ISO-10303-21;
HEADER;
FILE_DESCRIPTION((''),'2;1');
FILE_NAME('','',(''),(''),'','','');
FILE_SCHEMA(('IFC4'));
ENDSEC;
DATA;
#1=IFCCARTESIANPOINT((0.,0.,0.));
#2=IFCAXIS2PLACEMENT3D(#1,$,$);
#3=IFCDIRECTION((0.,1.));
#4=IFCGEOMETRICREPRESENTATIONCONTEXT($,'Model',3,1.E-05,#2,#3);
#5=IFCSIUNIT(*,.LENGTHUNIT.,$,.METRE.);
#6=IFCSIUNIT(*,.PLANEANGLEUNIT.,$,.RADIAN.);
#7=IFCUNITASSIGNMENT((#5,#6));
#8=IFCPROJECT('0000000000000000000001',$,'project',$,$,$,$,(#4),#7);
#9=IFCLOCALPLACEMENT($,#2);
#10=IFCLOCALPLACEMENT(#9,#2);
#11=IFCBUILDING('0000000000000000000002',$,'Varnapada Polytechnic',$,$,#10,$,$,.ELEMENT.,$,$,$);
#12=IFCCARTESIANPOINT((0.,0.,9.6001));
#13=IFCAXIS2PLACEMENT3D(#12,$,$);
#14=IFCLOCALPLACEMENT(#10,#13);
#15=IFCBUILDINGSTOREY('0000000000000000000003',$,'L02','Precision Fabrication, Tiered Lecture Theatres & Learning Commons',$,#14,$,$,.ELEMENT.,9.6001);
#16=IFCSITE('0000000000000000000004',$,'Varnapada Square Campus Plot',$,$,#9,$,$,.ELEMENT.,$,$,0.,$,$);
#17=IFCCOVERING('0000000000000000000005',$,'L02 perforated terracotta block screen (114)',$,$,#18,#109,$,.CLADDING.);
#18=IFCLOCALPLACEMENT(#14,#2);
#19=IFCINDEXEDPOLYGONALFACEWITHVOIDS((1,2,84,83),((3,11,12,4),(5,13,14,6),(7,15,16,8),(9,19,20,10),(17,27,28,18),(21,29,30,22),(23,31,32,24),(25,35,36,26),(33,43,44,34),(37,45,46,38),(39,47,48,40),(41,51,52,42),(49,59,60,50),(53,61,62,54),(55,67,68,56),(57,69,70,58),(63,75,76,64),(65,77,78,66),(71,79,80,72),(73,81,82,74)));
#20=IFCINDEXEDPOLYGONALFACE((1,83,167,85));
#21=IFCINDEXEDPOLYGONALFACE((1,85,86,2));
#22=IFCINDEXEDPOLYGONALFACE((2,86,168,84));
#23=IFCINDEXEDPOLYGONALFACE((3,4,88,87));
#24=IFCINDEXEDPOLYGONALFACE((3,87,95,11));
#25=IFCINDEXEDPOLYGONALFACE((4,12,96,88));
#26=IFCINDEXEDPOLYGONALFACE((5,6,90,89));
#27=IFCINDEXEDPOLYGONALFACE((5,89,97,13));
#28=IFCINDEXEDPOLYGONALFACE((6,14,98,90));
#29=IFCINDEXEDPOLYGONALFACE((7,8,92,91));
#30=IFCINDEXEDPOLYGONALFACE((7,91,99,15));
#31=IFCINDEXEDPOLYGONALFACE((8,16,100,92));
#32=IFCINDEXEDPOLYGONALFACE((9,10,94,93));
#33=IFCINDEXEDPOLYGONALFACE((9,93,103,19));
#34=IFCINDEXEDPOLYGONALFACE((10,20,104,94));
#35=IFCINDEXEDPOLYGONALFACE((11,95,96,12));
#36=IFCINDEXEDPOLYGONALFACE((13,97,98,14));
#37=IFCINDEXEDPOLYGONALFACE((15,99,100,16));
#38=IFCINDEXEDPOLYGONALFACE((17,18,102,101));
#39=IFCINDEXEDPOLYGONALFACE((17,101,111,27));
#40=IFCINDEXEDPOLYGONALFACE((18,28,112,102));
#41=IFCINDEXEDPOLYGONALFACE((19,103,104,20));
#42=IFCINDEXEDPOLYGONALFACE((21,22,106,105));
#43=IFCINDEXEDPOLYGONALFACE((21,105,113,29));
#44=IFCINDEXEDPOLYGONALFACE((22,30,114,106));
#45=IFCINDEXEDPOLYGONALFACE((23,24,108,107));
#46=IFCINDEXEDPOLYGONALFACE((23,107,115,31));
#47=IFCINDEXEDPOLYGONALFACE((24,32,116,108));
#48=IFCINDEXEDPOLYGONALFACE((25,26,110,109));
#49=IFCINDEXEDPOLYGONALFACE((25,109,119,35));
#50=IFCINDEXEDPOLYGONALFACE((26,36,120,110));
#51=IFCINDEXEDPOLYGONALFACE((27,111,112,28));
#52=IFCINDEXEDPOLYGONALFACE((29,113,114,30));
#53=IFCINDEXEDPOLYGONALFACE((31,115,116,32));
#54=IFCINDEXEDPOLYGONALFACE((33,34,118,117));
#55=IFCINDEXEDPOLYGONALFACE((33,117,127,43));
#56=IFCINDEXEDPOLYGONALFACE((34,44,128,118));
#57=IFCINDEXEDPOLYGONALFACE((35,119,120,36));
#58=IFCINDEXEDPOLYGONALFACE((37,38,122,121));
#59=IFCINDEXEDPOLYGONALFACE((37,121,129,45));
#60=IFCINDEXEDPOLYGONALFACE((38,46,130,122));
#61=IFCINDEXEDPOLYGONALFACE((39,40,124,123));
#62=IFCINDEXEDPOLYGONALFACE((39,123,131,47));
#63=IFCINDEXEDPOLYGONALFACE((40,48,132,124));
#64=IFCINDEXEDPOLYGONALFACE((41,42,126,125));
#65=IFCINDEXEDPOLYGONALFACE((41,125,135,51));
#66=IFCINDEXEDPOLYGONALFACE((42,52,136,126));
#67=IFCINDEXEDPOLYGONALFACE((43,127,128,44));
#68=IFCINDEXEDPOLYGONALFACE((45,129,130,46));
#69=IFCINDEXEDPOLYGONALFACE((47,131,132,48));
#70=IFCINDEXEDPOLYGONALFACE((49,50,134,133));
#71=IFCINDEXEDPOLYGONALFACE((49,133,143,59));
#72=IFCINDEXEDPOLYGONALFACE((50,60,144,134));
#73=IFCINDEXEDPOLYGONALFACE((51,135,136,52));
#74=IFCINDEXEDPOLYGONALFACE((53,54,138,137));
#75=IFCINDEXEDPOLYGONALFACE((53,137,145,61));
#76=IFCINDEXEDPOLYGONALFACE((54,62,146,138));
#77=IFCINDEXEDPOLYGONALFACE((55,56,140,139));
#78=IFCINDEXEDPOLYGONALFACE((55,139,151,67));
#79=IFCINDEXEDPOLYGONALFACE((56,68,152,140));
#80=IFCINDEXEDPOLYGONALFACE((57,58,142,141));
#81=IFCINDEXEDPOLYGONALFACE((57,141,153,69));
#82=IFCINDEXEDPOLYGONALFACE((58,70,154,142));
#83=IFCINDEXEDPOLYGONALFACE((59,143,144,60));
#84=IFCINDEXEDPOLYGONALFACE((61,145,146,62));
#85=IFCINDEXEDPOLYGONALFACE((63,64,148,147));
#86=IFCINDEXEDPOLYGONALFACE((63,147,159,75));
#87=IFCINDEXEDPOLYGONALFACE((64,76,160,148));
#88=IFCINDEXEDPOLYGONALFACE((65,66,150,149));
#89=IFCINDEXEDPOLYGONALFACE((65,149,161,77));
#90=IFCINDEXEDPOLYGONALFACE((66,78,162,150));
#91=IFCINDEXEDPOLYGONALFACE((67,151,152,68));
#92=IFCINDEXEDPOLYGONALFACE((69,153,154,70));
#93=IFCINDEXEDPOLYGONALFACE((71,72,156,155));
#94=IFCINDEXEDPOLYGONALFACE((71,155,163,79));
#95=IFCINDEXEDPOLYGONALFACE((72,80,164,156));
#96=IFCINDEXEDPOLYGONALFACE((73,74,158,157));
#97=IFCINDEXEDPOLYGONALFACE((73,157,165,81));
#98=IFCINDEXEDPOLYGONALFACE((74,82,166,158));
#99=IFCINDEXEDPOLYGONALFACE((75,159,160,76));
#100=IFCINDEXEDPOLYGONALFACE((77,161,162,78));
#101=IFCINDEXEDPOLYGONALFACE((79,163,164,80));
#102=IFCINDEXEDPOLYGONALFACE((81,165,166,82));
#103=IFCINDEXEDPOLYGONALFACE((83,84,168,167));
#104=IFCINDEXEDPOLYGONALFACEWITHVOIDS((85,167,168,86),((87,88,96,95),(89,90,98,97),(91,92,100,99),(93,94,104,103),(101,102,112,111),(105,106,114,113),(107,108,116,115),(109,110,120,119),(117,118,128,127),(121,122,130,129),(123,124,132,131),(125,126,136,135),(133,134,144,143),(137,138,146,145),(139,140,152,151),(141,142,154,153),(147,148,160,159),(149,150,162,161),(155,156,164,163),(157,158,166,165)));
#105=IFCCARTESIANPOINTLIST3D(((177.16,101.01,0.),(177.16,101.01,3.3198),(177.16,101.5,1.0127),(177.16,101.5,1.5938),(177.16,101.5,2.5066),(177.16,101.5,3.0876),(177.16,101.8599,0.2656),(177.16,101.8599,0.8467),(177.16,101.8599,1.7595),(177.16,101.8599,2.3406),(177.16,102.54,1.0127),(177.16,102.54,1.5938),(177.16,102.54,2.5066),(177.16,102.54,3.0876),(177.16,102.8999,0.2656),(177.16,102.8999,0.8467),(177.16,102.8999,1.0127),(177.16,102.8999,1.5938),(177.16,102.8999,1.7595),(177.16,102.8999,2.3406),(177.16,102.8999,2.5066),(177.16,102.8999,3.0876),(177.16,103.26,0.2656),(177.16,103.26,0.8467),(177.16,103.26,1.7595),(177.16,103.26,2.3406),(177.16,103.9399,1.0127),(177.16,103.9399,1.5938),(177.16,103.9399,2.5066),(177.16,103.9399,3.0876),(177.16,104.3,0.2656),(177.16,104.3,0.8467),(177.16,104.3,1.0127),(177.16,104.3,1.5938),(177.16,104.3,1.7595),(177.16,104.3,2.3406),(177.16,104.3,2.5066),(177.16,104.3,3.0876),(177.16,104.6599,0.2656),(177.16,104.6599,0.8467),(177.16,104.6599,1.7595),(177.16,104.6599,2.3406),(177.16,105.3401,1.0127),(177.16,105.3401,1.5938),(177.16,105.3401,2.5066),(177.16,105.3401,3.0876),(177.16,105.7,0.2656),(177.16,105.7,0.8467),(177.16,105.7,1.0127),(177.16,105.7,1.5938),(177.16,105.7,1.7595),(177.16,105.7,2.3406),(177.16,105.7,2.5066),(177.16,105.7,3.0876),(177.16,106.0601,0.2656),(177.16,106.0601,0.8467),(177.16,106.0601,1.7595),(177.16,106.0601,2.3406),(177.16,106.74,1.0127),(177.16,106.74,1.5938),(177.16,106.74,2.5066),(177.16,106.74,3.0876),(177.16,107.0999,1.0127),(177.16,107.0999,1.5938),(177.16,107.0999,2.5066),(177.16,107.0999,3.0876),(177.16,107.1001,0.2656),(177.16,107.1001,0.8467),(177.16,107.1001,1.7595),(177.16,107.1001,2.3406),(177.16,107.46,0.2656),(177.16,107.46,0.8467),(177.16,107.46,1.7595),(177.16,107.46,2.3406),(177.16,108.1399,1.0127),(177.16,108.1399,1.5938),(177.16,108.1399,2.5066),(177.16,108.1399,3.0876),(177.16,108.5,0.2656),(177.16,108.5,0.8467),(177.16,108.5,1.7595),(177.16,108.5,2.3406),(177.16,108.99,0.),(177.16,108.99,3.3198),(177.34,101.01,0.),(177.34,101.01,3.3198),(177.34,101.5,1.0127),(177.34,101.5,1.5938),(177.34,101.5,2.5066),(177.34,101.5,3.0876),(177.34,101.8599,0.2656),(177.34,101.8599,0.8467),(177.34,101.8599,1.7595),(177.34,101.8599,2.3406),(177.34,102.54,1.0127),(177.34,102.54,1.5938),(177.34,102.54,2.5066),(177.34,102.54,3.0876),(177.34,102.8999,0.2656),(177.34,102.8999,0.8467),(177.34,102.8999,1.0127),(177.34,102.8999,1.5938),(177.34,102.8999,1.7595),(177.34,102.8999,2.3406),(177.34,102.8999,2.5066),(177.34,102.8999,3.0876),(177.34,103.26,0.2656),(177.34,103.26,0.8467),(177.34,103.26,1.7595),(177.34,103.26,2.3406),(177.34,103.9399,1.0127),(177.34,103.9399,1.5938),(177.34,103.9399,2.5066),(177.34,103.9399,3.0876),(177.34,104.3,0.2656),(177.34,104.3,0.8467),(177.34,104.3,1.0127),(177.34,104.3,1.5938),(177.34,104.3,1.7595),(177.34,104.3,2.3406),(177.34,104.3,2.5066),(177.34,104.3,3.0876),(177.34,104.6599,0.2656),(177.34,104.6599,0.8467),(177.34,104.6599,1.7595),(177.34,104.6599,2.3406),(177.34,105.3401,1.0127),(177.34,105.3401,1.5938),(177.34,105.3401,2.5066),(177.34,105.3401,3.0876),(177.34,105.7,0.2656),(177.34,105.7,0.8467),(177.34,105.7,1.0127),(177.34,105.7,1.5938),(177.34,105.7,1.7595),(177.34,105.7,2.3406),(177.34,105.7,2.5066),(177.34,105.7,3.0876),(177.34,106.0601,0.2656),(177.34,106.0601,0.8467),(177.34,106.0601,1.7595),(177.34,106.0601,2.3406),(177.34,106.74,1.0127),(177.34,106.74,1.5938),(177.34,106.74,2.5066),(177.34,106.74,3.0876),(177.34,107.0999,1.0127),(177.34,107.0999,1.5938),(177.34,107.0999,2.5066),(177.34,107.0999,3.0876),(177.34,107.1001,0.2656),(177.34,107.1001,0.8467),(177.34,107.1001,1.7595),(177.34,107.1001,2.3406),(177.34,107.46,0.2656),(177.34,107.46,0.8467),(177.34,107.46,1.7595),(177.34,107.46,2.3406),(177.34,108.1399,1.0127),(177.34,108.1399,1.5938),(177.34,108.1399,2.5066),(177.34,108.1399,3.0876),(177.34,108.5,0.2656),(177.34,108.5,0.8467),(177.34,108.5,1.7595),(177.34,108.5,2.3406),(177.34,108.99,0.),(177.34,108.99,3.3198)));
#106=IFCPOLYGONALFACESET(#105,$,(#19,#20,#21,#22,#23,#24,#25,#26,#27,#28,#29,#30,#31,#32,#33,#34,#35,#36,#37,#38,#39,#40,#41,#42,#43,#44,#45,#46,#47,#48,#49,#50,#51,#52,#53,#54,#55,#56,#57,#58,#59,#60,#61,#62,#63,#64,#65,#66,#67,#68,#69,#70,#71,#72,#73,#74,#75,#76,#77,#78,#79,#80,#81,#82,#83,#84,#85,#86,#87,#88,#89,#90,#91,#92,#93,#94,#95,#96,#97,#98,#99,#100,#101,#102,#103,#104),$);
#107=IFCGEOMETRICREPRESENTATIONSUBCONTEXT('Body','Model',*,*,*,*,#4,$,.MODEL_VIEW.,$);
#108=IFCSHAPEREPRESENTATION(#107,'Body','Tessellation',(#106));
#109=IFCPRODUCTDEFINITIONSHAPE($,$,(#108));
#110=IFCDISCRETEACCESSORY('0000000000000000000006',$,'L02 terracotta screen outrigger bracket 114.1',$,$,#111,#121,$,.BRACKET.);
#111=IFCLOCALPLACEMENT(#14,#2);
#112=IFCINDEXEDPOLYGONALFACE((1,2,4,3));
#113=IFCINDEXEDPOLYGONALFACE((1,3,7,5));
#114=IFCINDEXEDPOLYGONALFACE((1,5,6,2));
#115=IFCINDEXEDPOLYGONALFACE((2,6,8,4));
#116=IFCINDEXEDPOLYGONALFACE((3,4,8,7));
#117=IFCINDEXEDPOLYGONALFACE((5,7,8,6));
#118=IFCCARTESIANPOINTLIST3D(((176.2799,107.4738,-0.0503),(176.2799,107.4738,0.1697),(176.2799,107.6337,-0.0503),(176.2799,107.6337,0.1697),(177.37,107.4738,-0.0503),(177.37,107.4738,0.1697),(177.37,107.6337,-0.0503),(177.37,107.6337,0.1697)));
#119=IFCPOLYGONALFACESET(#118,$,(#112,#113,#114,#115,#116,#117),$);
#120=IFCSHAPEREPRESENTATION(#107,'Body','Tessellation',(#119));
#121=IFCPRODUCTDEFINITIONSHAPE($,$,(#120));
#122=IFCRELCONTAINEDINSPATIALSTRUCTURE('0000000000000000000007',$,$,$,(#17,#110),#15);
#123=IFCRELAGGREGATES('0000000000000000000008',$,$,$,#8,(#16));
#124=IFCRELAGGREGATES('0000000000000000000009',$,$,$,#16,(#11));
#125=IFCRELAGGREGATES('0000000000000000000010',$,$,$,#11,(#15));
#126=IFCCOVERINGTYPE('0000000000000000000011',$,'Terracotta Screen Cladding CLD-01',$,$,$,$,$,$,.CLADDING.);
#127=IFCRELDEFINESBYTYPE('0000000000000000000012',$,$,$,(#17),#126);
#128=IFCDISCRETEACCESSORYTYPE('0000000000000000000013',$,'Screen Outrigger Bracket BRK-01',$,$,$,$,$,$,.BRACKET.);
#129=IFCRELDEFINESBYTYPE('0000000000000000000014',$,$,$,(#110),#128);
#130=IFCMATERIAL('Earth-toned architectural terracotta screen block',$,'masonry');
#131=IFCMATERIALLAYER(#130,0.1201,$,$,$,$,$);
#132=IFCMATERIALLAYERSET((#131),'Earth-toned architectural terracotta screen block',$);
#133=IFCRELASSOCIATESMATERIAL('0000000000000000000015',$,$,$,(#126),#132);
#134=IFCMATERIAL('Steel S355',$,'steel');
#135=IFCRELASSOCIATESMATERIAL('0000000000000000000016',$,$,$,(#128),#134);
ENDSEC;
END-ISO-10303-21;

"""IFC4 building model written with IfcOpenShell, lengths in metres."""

from ifc_helpers import new_model, si_unit, direction, frame, frame_2d, origin, origin_2d, place, context, subcontext, project, spatial, rectangle, extrude, material, layer, layer_set, type_object, element, save


model = new_model("IFC4")

# Units and contexts
model_context = context("Model", 3, precision=1e-05, world=origin(), true_north=direction((0.0, 1.0)))
body_context = subcontext(model_context, "Body", "Model", "MODEL_VIEW")
ifc_project = project(units=[si_unit("LENGTHUNIT", "METRE"), si_unit("PLANEANGLEUNIT", "RADIAN")], contexts=[model_context])

# Site, building, storey
site_placement = place(None, origin())
site = spatial("IfcSite", under=ifc_project, at=site_placement, Name="Varnapada Square Campus Plot", CompositionType="ELEMENT", RefElevation=0.0)
building_placement = place(site_placement, origin())
building = spatial("IfcBuilding", under=site, at=building_placement, Name="Varnapada Polytechnic", CompositionType="ELEMENT")
storey_placement = place(building_placement, frame((0.0, 0.0, 9.6001)))
storey = spatial("IfcBuildingStorey", under=building, at=storey_placement, Name="L02", Description="Precision Fabrication, Tiered Lecture Theatres & Learning Commons", CompositionType="ELEMENT", Elevation=9.6001)

# Covering, openings
ifc_material_1 = material(Name="Earth-toned architectural terracotta screen block", Category="masonry")
ifc_layer_1 = layer(ifc_material_1, 0.1201)
ifc_layer_set_1 = layer_set([ifc_layer_1], Name="Earth-toned architectural terracotta screen block")
covering_type = type_object("IfcCoveringType", Name="Terracotta Screen Cladding CLD-01", PredefinedType="CLADDING", material=ifc_layer_set_1)
covering_placement = place(storey_placement, frame((177.25, 108.99, 0.0), z_axis=(0.0, 0.0, 1.0), x_axis=(0.0, -1.0, 0.0)))
covering = element("IfcCovering", 1, at=covering_placement, inside=storey, type_object=covering_type, Name="L02 perforated terracotta block screen (114)", PredefinedType="CLADDING", context=body_context, shape_type="SweptSolid", body=[
    extrude(rectangle(XDim=7.98, YDim=0.1799, at=frame_2d((3.99, 0.0))), origin(), (0.0, 0.0, 1.0), 3.3198),
])
opening_1_placement = place(covering_placement, frame((0.49, 0.0, 0.2656)))
element("IfcOpeningElement", 2, at=opening_1_placement, cuts=covering, PredefinedType="OPENING", context=body_context, shape_type="SweptSolid", body=[
    extrude(rectangle(XDim=1.04, YDim=0.5811, at=frame_2d((0.52, 0.2905))), frame((0.0, 0.0999, 0.0), z_axis=(0.0, -1.0, 0.0), x_axis=(1.0, 0.0, 0.0)), (0.0, 0.0, 1.0), 0.2),
])
opening_2_placement = place(covering_placement, frame((1.8899, 0.0, 0.2656)))
element("IfcOpeningElement", 3, at=opening_2_placement, cuts=covering, PredefinedType="OPENING", context=body_context, shape_type="SweptSolid", body=[
    extrude(rectangle(XDim=1.04, YDim=0.5811, at=frame_2d((0.52, 0.2905))), frame((0.0, 0.0999, 0.0), z_axis=(0.0, -1.0, 0.0), x_axis=(1.0, 0.0, 0.0)), (0.0, 0.0, 1.0), 0.2),
])
opening_3_placement = place(covering_placement, frame((3.29, 0.0, 0.2656)))
element("IfcOpeningElement", 4, at=opening_3_placement, cuts=covering, PredefinedType="OPENING", context=body_context, shape_type="SweptSolid", body=[
    extrude(rectangle(XDim=1.04, YDim=0.5811, at=frame_2d((0.52, 0.2905))), frame((0.0, 0.0999, 0.0), z_axis=(0.0, -1.0, 0.0), x_axis=(1.0, 0.0, 0.0)), (0.0, 0.0, 1.0), 0.2),
])
opening_4_placement = place(covering_placement, frame((4.6899, 0.0, 0.2656)))
element("IfcOpeningElement", 5, at=opening_4_placement, cuts=covering, PredefinedType="OPENING", context=body_context, shape_type="SweptSolid", body=[
    extrude(rectangle(XDim=1.04, YDim=0.5811, at=frame_2d((0.52, 0.2905))), frame((0.0, 0.0999, 0.0), z_axis=(0.0, -1.0, 0.0), x_axis=(1.0, 0.0, 0.0)), (0.0, 0.0, 1.0), 0.2),
])
opening_5_placement = place(covering_placement, frame((6.0901, 0.0, 0.2656)))
element("IfcOpeningElement", 6, at=opening_5_placement, cuts=covering, PredefinedType="OPENING", context=body_context, shape_type="SweptSolid", body=[
    extrude(rectangle(XDim=1.04, YDim=0.5811, at=frame_2d((0.52, 0.2905))), frame((0.0, 0.0999, 0.0), z_axis=(0.0, -1.0, 0.0), x_axis=(1.0, 0.0, 0.0)), (0.0, 0.0, 1.0), 0.2),
])
opening_6_placement = place(covering_placement, frame((0.8501, 0.0, 1.0127)))
element("IfcOpeningElement", 7, at=opening_6_placement, cuts=covering, PredefinedType="OPENING", context=body_context, shape_type="SweptSolid", body=[
    extrude(rectangle(XDim=1.04, YDim=0.5811, at=frame_2d((0.52, 0.2905))), frame((0.0, 0.0999, 0.0), z_axis=(0.0, -1.0, 0.0), x_axis=(1.0, 0.0, 0.0)), (0.0, 0.0, 1.0), 0.2),
])
opening_7_placement = place(covering_placement, frame((2.25, 0.0, 1.0127)))
element("IfcOpeningElement", 8, at=opening_7_placement, cuts=covering, PredefinedType="OPENING", context=body_context, shape_type="SweptSolid", body=[
    extrude(rectangle(XDim=1.04, YDim=0.5811, at=frame_2d((0.52, 0.2905))), frame((0.0, 0.0999, 0.0), z_axis=(0.0, -1.0, 0.0), x_axis=(1.0, 0.0, 0.0)), (0.0, 0.0, 1.0), 0.2),
])
opening_8_placement = place(covering_placement, frame((3.6499, 0.0, 1.0127)))
element("IfcOpeningElement", 9, at=opening_8_placement, cuts=covering, PredefinedType="OPENING", context=body_context, shape_type="SweptSolid", body=[
    extrude(rectangle(XDim=1.04, YDim=0.5811, at=frame_2d((0.52, 0.2905))), frame((0.0, 0.0999, 0.0), z_axis=(0.0, -1.0, 0.0), x_axis=(1.0, 0.0, 0.0)), (0.0, 0.0, 1.0), 0.2),
])
opening_9_placement = place(covering_placement, frame((5.05, 0.0, 1.0127)))
element("IfcOpeningElement", 10, at=opening_9_placement, cuts=covering, PredefinedType="OPENING", context=body_context, shape_type="SweptSolid", body=[
    extrude(rectangle(XDim=1.04, YDim=0.5811, at=frame_2d((0.52, 0.2905))), frame((0.0, 0.0999, 0.0), z_axis=(0.0, -1.0, 0.0), x_axis=(1.0, 0.0, 0.0)), (0.0, 0.0, 1.0), 0.2),
])
opening_10_placement = place(covering_placement, frame((6.45, 0.0, 1.0127)))
element("IfcOpeningElement", 11, at=opening_10_placement, cuts=covering, PredefinedType="OPENING", context=body_context, shape_type="SweptSolid", body=[
    extrude(rectangle(XDim=1.04, YDim=0.5811, at=frame_2d((0.52, 0.2905))), frame((0.0, 0.0999, 0.0), z_axis=(0.0, -1.0, 0.0), x_axis=(1.0, 0.0, 0.0)), (0.0, 0.0, 1.0), 0.2),
])
opening_11_placement = place(covering_placement, frame((0.49, 0.0, 1.7595)))
element("IfcOpeningElement", 12, at=opening_11_placement, cuts=covering, PredefinedType="OPENING", context=body_context, shape_type="SweptSolid", body=[
    extrude(rectangle(XDim=1.04, YDim=0.5811, at=frame_2d((0.52, 0.2905))), frame((0.0, 0.0999, 0.0), z_axis=(0.0, -1.0, 0.0), x_axis=(1.0, 0.0, 0.0)), (0.0, 0.0, 1.0), 0.2),
])
opening_12_placement = place(covering_placement, frame((1.8899, 0.0, 1.7595)))
element("IfcOpeningElement", 13, at=opening_12_placement, cuts=covering, PredefinedType="OPENING", context=body_context, shape_type="SweptSolid", body=[
    extrude(rectangle(XDim=1.04, YDim=0.5811, at=frame_2d((0.52, 0.2905))), frame((0.0, 0.0999, 0.0), z_axis=(0.0, -1.0, 0.0), x_axis=(1.0, 0.0, 0.0)), (0.0, 0.0, 1.0), 0.2),
])
opening_13_placement = place(covering_placement, frame((3.29, 0.0, 1.7595)))
element("IfcOpeningElement", 14, at=opening_13_placement, cuts=covering, PredefinedType="OPENING", context=body_context, shape_type="SweptSolid", body=[
    extrude(rectangle(XDim=1.04, YDim=0.5811, at=frame_2d((0.52, 0.2905))), frame((0.0, 0.0999, 0.0), z_axis=(0.0, -1.0, 0.0), x_axis=(1.0, 0.0, 0.0)), (0.0, 0.0, 1.0), 0.2),
])
opening_14_placement = place(covering_placement, frame((4.6899, 0.0, 1.7595)))
element("IfcOpeningElement", 15, at=opening_14_placement, cuts=covering, PredefinedType="OPENING", context=body_context, shape_type="SweptSolid", body=[
    extrude(rectangle(XDim=1.04, YDim=0.5811, at=frame_2d((0.52, 0.2905))), frame((0.0, 0.0999, 0.0), z_axis=(0.0, -1.0, 0.0), x_axis=(1.0, 0.0, 0.0)), (0.0, 0.0, 1.0), 0.2),
])
opening_15_placement = place(covering_placement, frame((6.0901, 0.0, 1.7595)))
element("IfcOpeningElement", 16, at=opening_15_placement, cuts=covering, PredefinedType="OPENING", context=body_context, shape_type="SweptSolid", body=[
    extrude(rectangle(XDim=1.04, YDim=0.5811, at=frame_2d((0.52, 0.2905))), frame((0.0, 0.0999, 0.0), z_axis=(0.0, -1.0, 0.0), x_axis=(1.0, 0.0, 0.0)), (0.0, 0.0, 1.0), 0.2),
])
opening_16_placement = place(covering_placement, frame((0.8501, 0.0, 2.5066)))
element("IfcOpeningElement", 17, at=opening_16_placement, cuts=covering, PredefinedType="OPENING", context=body_context, shape_type="SweptSolid", body=[
    extrude(rectangle(XDim=1.04, YDim=0.5811, at=frame_2d((0.52, 0.2905))), frame((0.0, 0.0999, 0.0), z_axis=(0.0, -1.0, 0.0), x_axis=(1.0, 0.0, 0.0)), (0.0, 0.0, 1.0), 0.2),
])
opening_17_placement = place(covering_placement, frame((2.25, 0.0, 2.5066)))
element("IfcOpeningElement", 18, at=opening_17_placement, cuts=covering, PredefinedType="OPENING", context=body_context, shape_type="SweptSolid", body=[
    extrude(rectangle(XDim=1.04, YDim=0.5811, at=frame_2d((0.52, 0.2905))), frame((0.0, 0.0999, 0.0), z_axis=(0.0, -1.0, 0.0), x_axis=(1.0, 0.0, 0.0)), (0.0, 0.0, 1.0), 0.2),
])
opening_18_placement = place(covering_placement, frame((3.6499, 0.0, 2.5066)))
element("IfcOpeningElement", 19, at=opening_18_placement, cuts=covering, PredefinedType="OPENING", context=body_context, shape_type="SweptSolid", body=[
    extrude(rectangle(XDim=1.04, YDim=0.5811, at=frame_2d((0.52, 0.2905))), frame((0.0, 0.0999, 0.0), z_axis=(0.0, -1.0, 0.0), x_axis=(1.0, 0.0, 0.0)), (0.0, 0.0, 1.0), 0.2),
])
opening_19_placement = place(covering_placement, frame((5.05, 0.0, 2.5066)))
element("IfcOpeningElement", 20, at=opening_19_placement, cuts=covering, PredefinedType="OPENING", context=body_context, shape_type="SweptSolid", body=[
    extrude(rectangle(XDim=1.04, YDim=0.5811, at=frame_2d((0.52, 0.2905))), frame((0.0, 0.0999, 0.0), z_axis=(0.0, -1.0, 0.0), x_axis=(1.0, 0.0, 0.0)), (0.0, 0.0, 1.0), 0.2),
])
opening_20_placement = place(covering_placement, frame((6.45, 0.0, 2.5066)))
element("IfcOpeningElement", 21, at=opening_20_placement, cuts=covering, PredefinedType="OPENING", context=body_context, shape_type="SweptSolid", body=[
    extrude(rectangle(XDim=1.04, YDim=0.5811, at=frame_2d((0.52, 0.2905))), frame((0.0, 0.0999, 0.0), z_axis=(0.0, -1.0, 0.0), x_axis=(1.0, 0.0, 0.0)), (0.0, 0.0, 1.0), 0.2),
])

# Discrete accessory
ifc_material_2 = material(Name="Steel S355", Category="steel")
discrete_accessory_type = type_object("IfcDiscreteAccessoryType", Name="Screen Outrigger Bracket BRK-01", PredefinedType="BRACKET", material=ifc_material_2)
discrete_accessory_placement = place(storey_placement, frame((176.825, 107.5537, -0.0503), z_axis=(0.0, 0.0, 1.0), x_axis=(0.0, -1.0, 0.0)))
element("IfcDiscreteAccessory", 22, at=discrete_accessory_placement, inside=storey, type_object=discrete_accessory_type, Name="L02 terracotta screen outrigger bracket 114.1", PredefinedType="BRACKET", context=body_context, shape_type="SweptSolid", body=[
    extrude(rectangle(XDim=0.1599, YDim=1.0901, at=origin_2d()), origin(), (0.0, 0.0, 1.0), 0.22),
])

save(model, "model.ifc")
